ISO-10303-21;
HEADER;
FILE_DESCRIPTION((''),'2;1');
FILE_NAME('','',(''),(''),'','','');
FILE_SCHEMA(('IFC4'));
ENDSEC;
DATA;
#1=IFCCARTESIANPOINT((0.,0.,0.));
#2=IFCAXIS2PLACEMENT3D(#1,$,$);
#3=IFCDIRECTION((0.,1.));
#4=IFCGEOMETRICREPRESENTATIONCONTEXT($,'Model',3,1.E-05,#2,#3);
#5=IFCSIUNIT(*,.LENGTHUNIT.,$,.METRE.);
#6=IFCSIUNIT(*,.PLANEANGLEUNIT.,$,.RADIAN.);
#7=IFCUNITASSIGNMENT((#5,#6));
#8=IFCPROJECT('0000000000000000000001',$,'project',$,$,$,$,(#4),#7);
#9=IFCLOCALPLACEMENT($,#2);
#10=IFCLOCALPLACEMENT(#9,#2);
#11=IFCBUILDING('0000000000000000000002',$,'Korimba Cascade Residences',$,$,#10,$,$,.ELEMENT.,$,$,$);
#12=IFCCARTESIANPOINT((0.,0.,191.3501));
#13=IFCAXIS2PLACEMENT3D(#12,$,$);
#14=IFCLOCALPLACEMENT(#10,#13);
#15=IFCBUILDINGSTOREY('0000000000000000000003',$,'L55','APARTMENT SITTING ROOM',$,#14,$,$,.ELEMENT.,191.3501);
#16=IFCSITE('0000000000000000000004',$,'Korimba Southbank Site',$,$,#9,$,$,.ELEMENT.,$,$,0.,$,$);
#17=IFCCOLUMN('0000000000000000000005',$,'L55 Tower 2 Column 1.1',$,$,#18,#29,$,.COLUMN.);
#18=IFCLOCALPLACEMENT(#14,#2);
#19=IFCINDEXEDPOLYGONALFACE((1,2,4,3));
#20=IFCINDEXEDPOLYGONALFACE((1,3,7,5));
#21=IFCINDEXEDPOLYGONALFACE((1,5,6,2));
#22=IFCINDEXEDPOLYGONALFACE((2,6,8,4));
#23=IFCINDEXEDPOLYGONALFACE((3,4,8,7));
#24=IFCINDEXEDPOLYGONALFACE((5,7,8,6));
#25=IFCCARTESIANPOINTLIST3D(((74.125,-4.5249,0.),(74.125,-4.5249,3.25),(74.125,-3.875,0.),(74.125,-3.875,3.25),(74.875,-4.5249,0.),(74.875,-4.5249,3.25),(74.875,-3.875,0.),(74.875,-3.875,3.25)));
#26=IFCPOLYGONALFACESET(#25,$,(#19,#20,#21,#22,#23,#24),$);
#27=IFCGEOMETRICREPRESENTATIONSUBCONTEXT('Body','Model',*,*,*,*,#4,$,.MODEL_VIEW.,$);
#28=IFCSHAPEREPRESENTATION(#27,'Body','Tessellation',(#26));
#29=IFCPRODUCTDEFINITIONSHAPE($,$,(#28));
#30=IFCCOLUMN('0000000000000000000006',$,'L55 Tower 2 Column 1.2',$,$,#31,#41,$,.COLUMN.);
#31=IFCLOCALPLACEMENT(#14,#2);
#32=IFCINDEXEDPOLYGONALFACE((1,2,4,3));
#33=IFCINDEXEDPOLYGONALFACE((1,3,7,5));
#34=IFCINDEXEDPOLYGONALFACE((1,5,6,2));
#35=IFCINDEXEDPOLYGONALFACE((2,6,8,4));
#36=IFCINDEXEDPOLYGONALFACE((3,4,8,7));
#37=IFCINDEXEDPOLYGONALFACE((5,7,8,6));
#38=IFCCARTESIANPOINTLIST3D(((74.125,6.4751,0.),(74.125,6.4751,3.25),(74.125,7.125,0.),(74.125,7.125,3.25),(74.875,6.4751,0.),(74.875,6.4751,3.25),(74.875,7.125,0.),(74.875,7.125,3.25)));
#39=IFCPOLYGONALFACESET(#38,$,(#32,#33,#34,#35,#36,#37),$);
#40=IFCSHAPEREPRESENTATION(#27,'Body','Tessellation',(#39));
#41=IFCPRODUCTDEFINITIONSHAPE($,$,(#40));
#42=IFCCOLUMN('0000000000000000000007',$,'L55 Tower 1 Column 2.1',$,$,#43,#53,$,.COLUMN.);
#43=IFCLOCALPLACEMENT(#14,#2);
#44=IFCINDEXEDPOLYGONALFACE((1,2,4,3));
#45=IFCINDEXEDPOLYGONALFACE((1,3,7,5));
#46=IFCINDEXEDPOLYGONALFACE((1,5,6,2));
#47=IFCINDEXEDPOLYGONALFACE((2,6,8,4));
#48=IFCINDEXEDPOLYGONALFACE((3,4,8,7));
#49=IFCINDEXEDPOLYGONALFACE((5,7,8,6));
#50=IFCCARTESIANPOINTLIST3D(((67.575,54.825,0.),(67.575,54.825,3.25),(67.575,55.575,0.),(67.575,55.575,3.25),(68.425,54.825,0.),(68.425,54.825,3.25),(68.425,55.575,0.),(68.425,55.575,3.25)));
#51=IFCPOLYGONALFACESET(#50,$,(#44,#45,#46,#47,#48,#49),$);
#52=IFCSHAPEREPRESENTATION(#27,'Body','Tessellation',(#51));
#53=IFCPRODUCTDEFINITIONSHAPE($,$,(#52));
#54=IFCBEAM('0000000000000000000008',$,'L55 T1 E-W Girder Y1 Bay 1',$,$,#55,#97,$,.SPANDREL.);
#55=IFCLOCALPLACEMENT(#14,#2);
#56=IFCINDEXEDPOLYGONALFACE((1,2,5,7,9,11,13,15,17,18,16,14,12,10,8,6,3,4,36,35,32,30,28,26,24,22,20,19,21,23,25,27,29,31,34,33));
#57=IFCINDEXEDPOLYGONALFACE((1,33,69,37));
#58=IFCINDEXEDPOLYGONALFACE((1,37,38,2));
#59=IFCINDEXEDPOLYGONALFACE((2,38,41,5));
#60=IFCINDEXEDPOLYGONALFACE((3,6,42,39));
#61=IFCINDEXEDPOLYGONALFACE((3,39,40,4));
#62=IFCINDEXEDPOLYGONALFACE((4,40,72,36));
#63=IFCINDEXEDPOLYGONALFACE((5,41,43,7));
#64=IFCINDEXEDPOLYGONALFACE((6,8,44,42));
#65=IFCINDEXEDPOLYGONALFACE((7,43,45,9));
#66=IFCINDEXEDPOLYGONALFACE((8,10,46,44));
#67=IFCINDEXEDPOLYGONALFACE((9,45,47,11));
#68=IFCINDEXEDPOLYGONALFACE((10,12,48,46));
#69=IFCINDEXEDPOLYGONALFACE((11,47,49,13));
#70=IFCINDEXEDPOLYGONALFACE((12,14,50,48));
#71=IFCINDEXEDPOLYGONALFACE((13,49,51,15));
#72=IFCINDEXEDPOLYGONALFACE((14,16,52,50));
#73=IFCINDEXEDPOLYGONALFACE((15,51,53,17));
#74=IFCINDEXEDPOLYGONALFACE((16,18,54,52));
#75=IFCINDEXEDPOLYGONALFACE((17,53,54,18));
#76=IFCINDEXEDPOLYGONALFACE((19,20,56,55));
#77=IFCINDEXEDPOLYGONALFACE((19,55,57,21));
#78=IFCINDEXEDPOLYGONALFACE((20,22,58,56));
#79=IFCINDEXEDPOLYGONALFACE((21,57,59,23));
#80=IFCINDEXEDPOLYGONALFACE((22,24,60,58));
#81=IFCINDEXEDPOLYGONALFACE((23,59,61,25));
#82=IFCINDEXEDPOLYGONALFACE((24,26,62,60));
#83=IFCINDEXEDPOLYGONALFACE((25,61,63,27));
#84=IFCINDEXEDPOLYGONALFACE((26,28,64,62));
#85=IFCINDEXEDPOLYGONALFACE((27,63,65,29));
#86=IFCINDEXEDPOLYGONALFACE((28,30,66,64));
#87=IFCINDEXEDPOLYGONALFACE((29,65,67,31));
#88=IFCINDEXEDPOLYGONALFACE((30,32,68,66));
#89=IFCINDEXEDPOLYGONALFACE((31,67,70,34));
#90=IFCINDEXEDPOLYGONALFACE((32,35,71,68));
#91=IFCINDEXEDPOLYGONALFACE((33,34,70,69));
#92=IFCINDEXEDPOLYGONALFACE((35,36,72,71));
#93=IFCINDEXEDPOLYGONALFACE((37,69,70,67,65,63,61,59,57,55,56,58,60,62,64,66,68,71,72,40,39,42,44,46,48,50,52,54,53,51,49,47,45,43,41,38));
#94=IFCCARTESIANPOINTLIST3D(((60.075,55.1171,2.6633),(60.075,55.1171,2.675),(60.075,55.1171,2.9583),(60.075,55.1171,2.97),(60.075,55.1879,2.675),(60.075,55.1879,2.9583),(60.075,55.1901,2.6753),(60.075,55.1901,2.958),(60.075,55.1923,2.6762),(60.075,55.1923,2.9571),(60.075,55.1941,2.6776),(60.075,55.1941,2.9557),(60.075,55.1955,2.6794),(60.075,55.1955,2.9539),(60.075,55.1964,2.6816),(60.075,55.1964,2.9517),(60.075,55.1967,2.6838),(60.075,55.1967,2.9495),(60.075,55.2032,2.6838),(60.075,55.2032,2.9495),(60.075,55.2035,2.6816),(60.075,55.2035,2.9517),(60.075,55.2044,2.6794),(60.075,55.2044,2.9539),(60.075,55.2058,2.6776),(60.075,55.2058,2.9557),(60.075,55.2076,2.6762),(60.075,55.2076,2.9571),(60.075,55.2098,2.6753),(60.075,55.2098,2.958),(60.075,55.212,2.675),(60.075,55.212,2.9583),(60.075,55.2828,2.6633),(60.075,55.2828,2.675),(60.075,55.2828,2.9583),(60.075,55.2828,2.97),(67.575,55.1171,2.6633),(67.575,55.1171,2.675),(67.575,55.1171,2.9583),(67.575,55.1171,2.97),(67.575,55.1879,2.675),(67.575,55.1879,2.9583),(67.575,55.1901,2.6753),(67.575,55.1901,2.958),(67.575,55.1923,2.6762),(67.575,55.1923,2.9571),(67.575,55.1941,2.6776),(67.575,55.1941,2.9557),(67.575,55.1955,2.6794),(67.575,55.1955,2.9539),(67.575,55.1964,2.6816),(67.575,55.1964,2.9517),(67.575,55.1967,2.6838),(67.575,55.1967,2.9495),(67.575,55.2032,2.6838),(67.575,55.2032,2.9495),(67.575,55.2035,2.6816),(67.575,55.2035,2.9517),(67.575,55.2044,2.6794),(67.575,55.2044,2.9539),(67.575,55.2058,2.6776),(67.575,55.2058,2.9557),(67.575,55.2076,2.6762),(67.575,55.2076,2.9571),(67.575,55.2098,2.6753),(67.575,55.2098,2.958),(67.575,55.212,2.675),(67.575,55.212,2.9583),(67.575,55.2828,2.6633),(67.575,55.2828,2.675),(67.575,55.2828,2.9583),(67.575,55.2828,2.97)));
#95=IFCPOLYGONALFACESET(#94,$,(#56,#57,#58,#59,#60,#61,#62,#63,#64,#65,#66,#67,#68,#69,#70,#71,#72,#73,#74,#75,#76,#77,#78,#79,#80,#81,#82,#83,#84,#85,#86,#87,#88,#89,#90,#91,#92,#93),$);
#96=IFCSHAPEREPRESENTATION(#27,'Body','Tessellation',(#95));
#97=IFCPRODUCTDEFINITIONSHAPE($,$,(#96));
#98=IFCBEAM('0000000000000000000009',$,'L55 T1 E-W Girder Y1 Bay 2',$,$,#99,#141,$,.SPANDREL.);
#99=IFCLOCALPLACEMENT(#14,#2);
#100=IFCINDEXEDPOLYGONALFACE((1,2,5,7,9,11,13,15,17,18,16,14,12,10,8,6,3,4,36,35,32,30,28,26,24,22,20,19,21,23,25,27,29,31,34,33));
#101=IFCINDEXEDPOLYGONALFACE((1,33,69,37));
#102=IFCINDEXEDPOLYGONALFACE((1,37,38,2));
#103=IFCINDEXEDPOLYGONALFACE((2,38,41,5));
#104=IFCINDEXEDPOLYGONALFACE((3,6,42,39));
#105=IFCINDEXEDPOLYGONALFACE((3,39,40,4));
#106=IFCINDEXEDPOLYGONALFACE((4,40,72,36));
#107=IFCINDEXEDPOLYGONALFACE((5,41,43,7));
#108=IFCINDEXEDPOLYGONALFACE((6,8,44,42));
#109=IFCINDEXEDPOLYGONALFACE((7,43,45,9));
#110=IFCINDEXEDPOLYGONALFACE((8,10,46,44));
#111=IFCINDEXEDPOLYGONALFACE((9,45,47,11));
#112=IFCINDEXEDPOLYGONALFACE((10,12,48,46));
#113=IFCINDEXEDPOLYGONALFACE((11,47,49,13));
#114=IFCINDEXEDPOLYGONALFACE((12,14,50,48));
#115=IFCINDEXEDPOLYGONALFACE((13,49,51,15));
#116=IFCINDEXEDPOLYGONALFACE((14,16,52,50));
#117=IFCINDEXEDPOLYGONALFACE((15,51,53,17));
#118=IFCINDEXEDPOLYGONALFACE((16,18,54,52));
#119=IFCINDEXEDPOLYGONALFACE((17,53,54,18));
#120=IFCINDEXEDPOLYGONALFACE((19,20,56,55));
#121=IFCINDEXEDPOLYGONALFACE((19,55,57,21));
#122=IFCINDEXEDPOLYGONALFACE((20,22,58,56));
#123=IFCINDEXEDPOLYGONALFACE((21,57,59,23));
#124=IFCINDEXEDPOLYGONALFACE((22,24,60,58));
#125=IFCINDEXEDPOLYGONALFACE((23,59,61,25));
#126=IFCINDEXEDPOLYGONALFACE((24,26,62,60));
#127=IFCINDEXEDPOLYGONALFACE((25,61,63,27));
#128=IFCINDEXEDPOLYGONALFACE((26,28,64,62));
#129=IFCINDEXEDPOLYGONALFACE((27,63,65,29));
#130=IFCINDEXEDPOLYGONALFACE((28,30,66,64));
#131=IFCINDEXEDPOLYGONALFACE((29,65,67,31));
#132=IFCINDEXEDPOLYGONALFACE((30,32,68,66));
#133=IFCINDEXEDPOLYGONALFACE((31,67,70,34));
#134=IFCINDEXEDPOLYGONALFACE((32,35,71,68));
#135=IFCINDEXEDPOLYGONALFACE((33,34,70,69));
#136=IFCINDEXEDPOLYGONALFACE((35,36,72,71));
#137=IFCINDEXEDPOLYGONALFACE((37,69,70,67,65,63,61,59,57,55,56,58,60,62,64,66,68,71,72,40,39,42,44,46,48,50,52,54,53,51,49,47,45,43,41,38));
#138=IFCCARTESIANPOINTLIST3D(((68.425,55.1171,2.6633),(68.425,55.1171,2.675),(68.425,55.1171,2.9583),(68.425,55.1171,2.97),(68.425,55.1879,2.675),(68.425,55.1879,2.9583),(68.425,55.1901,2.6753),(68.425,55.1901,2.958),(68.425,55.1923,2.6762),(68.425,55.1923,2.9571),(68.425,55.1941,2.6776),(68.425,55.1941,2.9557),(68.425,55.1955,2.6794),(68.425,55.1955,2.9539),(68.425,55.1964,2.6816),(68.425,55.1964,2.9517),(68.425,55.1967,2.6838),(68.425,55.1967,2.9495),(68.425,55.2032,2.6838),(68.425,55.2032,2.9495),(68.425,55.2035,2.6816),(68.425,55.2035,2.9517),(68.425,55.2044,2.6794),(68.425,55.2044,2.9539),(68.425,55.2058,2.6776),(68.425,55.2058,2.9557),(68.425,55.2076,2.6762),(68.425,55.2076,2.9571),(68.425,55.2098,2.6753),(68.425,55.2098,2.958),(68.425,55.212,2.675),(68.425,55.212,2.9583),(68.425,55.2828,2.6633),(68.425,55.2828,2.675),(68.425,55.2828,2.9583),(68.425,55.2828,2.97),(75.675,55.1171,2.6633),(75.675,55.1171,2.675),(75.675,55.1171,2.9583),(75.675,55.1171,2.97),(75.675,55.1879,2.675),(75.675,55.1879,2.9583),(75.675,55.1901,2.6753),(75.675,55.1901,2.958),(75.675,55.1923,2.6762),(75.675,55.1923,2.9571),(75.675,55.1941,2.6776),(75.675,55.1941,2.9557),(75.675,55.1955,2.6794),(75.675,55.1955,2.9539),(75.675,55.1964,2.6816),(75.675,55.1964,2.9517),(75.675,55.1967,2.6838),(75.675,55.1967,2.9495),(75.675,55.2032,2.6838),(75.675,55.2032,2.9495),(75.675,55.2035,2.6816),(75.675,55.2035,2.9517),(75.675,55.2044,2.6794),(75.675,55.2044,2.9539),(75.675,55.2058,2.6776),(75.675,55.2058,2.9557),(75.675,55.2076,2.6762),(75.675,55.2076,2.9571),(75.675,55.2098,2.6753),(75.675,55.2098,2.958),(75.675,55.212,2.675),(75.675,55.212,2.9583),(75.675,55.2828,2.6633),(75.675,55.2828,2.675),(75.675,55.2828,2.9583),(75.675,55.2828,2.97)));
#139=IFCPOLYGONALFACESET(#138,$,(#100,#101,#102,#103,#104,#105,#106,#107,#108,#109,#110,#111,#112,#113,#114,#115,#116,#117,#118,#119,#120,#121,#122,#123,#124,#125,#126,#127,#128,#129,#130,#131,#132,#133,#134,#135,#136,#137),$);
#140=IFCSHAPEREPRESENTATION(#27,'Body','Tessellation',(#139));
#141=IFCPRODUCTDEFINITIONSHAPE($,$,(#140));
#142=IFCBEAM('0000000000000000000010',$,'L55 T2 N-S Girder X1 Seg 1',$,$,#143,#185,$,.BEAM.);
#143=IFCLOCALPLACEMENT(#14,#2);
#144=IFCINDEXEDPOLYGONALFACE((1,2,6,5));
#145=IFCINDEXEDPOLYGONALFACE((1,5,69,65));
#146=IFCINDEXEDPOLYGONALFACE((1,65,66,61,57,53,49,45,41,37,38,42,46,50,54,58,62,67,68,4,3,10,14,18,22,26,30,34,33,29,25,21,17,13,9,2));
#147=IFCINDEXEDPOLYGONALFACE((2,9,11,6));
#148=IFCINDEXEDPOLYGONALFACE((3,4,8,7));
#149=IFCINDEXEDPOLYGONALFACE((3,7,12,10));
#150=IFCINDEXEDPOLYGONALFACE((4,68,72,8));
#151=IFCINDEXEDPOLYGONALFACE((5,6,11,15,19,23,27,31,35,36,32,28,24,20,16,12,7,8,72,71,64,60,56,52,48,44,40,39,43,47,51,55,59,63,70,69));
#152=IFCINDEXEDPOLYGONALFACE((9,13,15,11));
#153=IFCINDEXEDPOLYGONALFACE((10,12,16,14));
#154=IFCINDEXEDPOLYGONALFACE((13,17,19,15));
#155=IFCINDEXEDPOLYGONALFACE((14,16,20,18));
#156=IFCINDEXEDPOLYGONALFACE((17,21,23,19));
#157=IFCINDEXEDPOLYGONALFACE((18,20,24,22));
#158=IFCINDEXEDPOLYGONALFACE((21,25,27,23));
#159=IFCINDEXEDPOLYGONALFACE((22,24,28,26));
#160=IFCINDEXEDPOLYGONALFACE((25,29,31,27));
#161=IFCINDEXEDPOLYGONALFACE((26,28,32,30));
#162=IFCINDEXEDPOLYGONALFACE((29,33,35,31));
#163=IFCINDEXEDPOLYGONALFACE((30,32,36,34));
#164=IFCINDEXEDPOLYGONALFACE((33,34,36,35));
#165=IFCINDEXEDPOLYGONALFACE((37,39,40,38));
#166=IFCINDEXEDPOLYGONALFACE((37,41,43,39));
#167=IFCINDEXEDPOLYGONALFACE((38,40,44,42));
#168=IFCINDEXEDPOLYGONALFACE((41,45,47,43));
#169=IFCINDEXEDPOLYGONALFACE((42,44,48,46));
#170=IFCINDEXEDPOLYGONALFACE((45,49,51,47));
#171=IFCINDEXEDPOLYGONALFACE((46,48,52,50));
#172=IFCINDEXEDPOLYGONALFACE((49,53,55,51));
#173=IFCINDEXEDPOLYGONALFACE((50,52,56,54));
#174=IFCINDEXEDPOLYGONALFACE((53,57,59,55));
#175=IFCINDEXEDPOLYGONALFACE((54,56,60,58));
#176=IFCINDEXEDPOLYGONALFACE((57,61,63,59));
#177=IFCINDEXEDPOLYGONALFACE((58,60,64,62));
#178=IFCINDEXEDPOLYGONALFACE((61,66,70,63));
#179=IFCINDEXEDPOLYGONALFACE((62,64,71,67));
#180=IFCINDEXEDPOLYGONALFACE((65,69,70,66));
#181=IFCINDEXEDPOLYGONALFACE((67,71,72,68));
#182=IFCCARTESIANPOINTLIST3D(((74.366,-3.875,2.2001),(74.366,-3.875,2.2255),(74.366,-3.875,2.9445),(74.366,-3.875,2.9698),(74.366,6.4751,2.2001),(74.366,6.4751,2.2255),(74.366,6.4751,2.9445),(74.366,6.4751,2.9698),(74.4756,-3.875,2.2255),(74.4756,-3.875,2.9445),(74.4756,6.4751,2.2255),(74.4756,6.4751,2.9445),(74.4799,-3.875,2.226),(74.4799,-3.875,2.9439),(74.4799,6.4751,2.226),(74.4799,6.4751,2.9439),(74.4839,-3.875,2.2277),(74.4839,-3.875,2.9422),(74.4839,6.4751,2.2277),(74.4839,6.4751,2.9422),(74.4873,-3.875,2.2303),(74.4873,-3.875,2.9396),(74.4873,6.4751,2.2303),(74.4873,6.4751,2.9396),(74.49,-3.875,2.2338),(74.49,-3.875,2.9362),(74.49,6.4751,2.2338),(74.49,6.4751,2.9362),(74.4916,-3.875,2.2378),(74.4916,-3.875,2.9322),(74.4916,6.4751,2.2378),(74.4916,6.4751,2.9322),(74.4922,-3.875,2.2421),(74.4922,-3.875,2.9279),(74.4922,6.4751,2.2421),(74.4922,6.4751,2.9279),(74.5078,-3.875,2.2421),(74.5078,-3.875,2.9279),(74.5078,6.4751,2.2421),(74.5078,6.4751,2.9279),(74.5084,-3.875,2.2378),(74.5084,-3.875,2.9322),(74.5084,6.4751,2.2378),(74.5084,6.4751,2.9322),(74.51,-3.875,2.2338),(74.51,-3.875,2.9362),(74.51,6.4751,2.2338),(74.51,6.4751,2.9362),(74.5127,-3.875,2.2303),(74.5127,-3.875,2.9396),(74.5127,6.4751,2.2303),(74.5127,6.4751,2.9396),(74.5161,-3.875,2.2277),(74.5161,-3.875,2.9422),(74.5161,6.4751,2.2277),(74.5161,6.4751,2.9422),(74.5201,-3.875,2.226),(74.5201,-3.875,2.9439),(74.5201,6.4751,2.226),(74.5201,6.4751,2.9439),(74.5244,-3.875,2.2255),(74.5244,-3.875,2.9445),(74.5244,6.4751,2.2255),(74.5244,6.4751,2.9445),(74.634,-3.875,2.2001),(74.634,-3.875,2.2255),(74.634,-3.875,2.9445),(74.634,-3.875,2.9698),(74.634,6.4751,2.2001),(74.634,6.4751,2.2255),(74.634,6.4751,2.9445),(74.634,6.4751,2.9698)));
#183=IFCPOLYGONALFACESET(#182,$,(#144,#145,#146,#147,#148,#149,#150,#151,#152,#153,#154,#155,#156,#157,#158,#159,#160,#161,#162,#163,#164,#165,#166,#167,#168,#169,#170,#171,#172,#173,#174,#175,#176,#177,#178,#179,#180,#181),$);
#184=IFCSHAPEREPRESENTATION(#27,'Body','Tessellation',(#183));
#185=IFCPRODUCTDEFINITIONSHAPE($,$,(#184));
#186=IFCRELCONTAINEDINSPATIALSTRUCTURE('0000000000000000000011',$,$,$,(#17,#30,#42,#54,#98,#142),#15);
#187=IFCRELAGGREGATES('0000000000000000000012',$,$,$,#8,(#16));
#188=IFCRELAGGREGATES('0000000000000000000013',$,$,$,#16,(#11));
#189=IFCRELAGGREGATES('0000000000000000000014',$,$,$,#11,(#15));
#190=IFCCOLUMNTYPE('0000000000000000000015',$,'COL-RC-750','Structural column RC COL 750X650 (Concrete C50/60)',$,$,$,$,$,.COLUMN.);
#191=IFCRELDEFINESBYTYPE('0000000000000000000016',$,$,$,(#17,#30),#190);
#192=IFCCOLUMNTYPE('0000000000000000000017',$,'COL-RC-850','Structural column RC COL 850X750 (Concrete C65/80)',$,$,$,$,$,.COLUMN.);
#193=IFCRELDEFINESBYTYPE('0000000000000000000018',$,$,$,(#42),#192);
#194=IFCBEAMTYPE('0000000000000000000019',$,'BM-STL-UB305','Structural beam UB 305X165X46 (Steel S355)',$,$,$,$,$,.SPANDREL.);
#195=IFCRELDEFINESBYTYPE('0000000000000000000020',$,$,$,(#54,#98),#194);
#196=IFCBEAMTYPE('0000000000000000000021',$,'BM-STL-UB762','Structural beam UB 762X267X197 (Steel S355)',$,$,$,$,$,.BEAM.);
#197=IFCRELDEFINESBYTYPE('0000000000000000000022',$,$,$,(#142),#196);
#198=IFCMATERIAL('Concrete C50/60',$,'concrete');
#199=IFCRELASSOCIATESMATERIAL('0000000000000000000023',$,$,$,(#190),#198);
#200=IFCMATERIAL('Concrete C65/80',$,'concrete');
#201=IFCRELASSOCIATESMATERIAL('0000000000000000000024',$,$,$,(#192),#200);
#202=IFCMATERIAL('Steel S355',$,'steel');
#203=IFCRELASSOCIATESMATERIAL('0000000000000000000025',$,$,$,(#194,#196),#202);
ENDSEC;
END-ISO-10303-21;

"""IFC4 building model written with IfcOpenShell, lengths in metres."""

from ifc_helpers import new_model, si_unit, direction, frame, origin, origin_2d, place, context, subcontext, project, spatial, rectangle, i_section, extrude, material, material_profile, profile_set, type_object, element, save


model = new_model("IFC4")

# Units and contexts
model_context = context("Model", 3, precision=1e-05, world=origin(), true_north=direction((0.0, 1.0)))
body_context = subcontext(model_context, "Body", "Model", "MODEL_VIEW")
ifc_project = project(units=[si_unit("LENGTHUNIT", "METRE"), si_unit("PLANEANGLEUNIT", "RADIAN")], contexts=[model_context])

# Site, building, storey
site_placement = place(None, origin())
site = spatial("IfcSite", under=ifc_project, at=site_placement, Name="Korimba Southbank Site", CompositionType="ELEMENT", RefElevation=0.0)
building_placement = place(site_placement, origin())
building = spatial("IfcBuilding", under=site, at=building_placement, Name="Korimba Cascade Residences", CompositionType="ELEMENT")
storey_placement = place(building_placement, frame((0.0, 0.0, 191.3501)))
storey = spatial("IfcBuildingStorey", under=building, at=storey_placement, Name="L55", Description="APARTMENT SITTING ROOM", CompositionType="ELEMENT", Elevation=191.3501)

# Columns
ifc_material_1 = material(Name="Concrete C50/60", Category="concrete")
ifc_material_profile_1 = material_profile(ifc_material_1, rectangle(XDim=0.75, YDim=0.6499, at=origin_2d()), Name="Concrete C50/60")
ifc_profile_set_1 = profile_set([ifc_material_profile_1], Name="Concrete C50/60")
column_type_1 = type_object("IfcColumnType", Name="COL-RC-750", Description="Structural column RC COL 750X650 (Concrete C50/60)", PredefinedType="COLUMN", material=ifc_profile_set_1)
for number, where, z_axis, x_axis, name in (
    (1, (74.5, -4.2, 0.0), (0.0, 0.0, 1.0), (1.0, 0.0, 0.0), "L55 Tower 2 Column 1.1"),
    (2, (74.5, 6.8, 0.0), (0.0, 0.0, 1.0), (1.0, 0.0, 0.0), "L55 Tower 2 Column 1.2"),
):
    element("IfcColumn", number, at=place(storey_placement, frame(where, z_axis=z_axis, x_axis=x_axis)), inside=storey, type_object=column_type_1, Name=name, PredefinedType="COLUMN", context=body_context, shape_type="SweptSolid", body=[
        extrude(rectangle(XDim=0.75, YDim=0.6499, at=origin_2d()), origin(), (0.0, 0.0, 1.0), 3.25),
    ])
ifc_material_2 = material(Name="Concrete C65/80", Category="concrete")
ifc_material_profile_2 = material_profile(ifc_material_2, rectangle(XDim=0.8501, YDim=0.75, at=origin_2d()), Name="Concrete C65/80")
ifc_profile_set_2 = profile_set([ifc_material_profile_2], Name="Concrete C65/80")
column_type_2 = type_object("IfcColumnType", Name="COL-RC-850", Description="Structural column RC COL 850X750 (Concrete C65/80)", PredefinedType="COLUMN", material=ifc_profile_set_2)
column_placement = place(storey_placement, frame((68.0, 55.2, 0.0), z_axis=(0.0, 0.0, 1.0), x_axis=(1.0, 0.0, 0.0)))
element("IfcColumn", 3, at=column_placement, inside=storey, type_object=column_type_2, Name="L55 Tower 1 Column 2.1", PredefinedType="COLUMN", context=body_context, shape_type="SweptSolid", body=[
    extrude(rectangle(XDim=0.8501, YDim=0.75, at=origin_2d()), origin(), (0.0, 0.0, 1.0), 3.25),
])

# Beams
ifc_material_3 = material(Name="Steel S355", Category="steel")
ifc_material_profile_3 = material_profile(ifc_material_3, i_section(OverallWidth=0.1658, OverallDepth=0.3066, WebThickness=0.0066, FlangeThickness=0.0117, FilletRadius=0.0088, at=origin_2d()), Name="Steel S355")
ifc_profile_set_3 = profile_set([ifc_material_profile_3], Name="Steel S355")
beam_type_1 = type_object("IfcBeamType", Name="BM-STL-UB305", Description="Structural beam UB 305X165X46 (Steel S355)", PredefinedType="SPANDREL", material=ifc_profile_set_3)
beam_1_placement = place(storey_placement, frame((60.075, 55.2, 2.8167), z_axis=(1.0, 0.0, 0.0), x_axis=(0.0, 1.0, 0.0)))
element("IfcBeam", 4, at=beam_1_placement, inside=storey, type_object=beam_type_1, Name="L55 T1 E-W Girder Y1 Bay 1", PredefinedType="SPANDREL", context=body_context, shape_type="SweptSolid", body=[
    extrude(i_section(OverallWidth=0.1658, OverallDepth=0.3066, WebThickness=0.0066, FlangeThickness=0.0117, FilletRadius=0.0088, at=origin_2d()), origin(), (0.0, 0.0, 1.0), 7.5),
])
beam_2_placement = place(storey_placement, frame((68.425, 55.2, 2.8167), z_axis=(1.0, 0.0, 0.0), x_axis=(0.0, 1.0, 0.0)))
element("IfcBeam", 5, at=beam_2_placement, inside=storey, type_object=beam_type_1, Name="L55 T1 E-W Girder Y1 Bay 2", PredefinedType="SPANDREL", context=body_context, shape_type="SweptSolid", body=[
    extrude(i_section(OverallWidth=0.1658, OverallDepth=0.3066, WebThickness=0.0066, FlangeThickness=0.0117, FilletRadius=0.0088, at=origin_2d()), origin(), (0.0, 0.0, 1.0), 7.25),
])
ifc_material_profile_4 = material_profile(ifc_material_3, i_section(OverallWidth=0.2681, OverallDepth=0.7698, WebThickness=0.0156, FlangeThickness=0.0254, FilletRadius=0.0166, at=origin_2d()), Name="Steel S355")
ifc_profile_set_4 = profile_set([ifc_material_profile_4], Name="Steel S355")
beam_type_2 = type_object("IfcBeamType", Name="BM-STL-UB762", Description="Structural beam UB 762X267X197 (Steel S355)", PredefinedType="BEAM", material=ifc_profile_set_4)
beam_3_placement = place(storey_placement, frame((74.5, -3.875, 2.585), z_axis=(0.0, 1.0, 0.0), x_axis=(-1.0, 0.0, 0.0)))
element("IfcBeam", 6, at=beam_3_placement, inside=storey, type_object=beam_type_2, Name="L55 T2 N-S Girder X1 Seg 1", PredefinedType="BEAM", context=body_context, shape_type="SweptSolid", body=[
    extrude(i_section(OverallWidth=0.2681, OverallDepth=0.7698, WebThickness=0.0156, FlangeThickness=0.0254, FilletRadius=0.0166, at=origin_2d()), origin(), (0.0, 0.0, 1.0), 10.3501),
])

save(model, "model.ifc")
